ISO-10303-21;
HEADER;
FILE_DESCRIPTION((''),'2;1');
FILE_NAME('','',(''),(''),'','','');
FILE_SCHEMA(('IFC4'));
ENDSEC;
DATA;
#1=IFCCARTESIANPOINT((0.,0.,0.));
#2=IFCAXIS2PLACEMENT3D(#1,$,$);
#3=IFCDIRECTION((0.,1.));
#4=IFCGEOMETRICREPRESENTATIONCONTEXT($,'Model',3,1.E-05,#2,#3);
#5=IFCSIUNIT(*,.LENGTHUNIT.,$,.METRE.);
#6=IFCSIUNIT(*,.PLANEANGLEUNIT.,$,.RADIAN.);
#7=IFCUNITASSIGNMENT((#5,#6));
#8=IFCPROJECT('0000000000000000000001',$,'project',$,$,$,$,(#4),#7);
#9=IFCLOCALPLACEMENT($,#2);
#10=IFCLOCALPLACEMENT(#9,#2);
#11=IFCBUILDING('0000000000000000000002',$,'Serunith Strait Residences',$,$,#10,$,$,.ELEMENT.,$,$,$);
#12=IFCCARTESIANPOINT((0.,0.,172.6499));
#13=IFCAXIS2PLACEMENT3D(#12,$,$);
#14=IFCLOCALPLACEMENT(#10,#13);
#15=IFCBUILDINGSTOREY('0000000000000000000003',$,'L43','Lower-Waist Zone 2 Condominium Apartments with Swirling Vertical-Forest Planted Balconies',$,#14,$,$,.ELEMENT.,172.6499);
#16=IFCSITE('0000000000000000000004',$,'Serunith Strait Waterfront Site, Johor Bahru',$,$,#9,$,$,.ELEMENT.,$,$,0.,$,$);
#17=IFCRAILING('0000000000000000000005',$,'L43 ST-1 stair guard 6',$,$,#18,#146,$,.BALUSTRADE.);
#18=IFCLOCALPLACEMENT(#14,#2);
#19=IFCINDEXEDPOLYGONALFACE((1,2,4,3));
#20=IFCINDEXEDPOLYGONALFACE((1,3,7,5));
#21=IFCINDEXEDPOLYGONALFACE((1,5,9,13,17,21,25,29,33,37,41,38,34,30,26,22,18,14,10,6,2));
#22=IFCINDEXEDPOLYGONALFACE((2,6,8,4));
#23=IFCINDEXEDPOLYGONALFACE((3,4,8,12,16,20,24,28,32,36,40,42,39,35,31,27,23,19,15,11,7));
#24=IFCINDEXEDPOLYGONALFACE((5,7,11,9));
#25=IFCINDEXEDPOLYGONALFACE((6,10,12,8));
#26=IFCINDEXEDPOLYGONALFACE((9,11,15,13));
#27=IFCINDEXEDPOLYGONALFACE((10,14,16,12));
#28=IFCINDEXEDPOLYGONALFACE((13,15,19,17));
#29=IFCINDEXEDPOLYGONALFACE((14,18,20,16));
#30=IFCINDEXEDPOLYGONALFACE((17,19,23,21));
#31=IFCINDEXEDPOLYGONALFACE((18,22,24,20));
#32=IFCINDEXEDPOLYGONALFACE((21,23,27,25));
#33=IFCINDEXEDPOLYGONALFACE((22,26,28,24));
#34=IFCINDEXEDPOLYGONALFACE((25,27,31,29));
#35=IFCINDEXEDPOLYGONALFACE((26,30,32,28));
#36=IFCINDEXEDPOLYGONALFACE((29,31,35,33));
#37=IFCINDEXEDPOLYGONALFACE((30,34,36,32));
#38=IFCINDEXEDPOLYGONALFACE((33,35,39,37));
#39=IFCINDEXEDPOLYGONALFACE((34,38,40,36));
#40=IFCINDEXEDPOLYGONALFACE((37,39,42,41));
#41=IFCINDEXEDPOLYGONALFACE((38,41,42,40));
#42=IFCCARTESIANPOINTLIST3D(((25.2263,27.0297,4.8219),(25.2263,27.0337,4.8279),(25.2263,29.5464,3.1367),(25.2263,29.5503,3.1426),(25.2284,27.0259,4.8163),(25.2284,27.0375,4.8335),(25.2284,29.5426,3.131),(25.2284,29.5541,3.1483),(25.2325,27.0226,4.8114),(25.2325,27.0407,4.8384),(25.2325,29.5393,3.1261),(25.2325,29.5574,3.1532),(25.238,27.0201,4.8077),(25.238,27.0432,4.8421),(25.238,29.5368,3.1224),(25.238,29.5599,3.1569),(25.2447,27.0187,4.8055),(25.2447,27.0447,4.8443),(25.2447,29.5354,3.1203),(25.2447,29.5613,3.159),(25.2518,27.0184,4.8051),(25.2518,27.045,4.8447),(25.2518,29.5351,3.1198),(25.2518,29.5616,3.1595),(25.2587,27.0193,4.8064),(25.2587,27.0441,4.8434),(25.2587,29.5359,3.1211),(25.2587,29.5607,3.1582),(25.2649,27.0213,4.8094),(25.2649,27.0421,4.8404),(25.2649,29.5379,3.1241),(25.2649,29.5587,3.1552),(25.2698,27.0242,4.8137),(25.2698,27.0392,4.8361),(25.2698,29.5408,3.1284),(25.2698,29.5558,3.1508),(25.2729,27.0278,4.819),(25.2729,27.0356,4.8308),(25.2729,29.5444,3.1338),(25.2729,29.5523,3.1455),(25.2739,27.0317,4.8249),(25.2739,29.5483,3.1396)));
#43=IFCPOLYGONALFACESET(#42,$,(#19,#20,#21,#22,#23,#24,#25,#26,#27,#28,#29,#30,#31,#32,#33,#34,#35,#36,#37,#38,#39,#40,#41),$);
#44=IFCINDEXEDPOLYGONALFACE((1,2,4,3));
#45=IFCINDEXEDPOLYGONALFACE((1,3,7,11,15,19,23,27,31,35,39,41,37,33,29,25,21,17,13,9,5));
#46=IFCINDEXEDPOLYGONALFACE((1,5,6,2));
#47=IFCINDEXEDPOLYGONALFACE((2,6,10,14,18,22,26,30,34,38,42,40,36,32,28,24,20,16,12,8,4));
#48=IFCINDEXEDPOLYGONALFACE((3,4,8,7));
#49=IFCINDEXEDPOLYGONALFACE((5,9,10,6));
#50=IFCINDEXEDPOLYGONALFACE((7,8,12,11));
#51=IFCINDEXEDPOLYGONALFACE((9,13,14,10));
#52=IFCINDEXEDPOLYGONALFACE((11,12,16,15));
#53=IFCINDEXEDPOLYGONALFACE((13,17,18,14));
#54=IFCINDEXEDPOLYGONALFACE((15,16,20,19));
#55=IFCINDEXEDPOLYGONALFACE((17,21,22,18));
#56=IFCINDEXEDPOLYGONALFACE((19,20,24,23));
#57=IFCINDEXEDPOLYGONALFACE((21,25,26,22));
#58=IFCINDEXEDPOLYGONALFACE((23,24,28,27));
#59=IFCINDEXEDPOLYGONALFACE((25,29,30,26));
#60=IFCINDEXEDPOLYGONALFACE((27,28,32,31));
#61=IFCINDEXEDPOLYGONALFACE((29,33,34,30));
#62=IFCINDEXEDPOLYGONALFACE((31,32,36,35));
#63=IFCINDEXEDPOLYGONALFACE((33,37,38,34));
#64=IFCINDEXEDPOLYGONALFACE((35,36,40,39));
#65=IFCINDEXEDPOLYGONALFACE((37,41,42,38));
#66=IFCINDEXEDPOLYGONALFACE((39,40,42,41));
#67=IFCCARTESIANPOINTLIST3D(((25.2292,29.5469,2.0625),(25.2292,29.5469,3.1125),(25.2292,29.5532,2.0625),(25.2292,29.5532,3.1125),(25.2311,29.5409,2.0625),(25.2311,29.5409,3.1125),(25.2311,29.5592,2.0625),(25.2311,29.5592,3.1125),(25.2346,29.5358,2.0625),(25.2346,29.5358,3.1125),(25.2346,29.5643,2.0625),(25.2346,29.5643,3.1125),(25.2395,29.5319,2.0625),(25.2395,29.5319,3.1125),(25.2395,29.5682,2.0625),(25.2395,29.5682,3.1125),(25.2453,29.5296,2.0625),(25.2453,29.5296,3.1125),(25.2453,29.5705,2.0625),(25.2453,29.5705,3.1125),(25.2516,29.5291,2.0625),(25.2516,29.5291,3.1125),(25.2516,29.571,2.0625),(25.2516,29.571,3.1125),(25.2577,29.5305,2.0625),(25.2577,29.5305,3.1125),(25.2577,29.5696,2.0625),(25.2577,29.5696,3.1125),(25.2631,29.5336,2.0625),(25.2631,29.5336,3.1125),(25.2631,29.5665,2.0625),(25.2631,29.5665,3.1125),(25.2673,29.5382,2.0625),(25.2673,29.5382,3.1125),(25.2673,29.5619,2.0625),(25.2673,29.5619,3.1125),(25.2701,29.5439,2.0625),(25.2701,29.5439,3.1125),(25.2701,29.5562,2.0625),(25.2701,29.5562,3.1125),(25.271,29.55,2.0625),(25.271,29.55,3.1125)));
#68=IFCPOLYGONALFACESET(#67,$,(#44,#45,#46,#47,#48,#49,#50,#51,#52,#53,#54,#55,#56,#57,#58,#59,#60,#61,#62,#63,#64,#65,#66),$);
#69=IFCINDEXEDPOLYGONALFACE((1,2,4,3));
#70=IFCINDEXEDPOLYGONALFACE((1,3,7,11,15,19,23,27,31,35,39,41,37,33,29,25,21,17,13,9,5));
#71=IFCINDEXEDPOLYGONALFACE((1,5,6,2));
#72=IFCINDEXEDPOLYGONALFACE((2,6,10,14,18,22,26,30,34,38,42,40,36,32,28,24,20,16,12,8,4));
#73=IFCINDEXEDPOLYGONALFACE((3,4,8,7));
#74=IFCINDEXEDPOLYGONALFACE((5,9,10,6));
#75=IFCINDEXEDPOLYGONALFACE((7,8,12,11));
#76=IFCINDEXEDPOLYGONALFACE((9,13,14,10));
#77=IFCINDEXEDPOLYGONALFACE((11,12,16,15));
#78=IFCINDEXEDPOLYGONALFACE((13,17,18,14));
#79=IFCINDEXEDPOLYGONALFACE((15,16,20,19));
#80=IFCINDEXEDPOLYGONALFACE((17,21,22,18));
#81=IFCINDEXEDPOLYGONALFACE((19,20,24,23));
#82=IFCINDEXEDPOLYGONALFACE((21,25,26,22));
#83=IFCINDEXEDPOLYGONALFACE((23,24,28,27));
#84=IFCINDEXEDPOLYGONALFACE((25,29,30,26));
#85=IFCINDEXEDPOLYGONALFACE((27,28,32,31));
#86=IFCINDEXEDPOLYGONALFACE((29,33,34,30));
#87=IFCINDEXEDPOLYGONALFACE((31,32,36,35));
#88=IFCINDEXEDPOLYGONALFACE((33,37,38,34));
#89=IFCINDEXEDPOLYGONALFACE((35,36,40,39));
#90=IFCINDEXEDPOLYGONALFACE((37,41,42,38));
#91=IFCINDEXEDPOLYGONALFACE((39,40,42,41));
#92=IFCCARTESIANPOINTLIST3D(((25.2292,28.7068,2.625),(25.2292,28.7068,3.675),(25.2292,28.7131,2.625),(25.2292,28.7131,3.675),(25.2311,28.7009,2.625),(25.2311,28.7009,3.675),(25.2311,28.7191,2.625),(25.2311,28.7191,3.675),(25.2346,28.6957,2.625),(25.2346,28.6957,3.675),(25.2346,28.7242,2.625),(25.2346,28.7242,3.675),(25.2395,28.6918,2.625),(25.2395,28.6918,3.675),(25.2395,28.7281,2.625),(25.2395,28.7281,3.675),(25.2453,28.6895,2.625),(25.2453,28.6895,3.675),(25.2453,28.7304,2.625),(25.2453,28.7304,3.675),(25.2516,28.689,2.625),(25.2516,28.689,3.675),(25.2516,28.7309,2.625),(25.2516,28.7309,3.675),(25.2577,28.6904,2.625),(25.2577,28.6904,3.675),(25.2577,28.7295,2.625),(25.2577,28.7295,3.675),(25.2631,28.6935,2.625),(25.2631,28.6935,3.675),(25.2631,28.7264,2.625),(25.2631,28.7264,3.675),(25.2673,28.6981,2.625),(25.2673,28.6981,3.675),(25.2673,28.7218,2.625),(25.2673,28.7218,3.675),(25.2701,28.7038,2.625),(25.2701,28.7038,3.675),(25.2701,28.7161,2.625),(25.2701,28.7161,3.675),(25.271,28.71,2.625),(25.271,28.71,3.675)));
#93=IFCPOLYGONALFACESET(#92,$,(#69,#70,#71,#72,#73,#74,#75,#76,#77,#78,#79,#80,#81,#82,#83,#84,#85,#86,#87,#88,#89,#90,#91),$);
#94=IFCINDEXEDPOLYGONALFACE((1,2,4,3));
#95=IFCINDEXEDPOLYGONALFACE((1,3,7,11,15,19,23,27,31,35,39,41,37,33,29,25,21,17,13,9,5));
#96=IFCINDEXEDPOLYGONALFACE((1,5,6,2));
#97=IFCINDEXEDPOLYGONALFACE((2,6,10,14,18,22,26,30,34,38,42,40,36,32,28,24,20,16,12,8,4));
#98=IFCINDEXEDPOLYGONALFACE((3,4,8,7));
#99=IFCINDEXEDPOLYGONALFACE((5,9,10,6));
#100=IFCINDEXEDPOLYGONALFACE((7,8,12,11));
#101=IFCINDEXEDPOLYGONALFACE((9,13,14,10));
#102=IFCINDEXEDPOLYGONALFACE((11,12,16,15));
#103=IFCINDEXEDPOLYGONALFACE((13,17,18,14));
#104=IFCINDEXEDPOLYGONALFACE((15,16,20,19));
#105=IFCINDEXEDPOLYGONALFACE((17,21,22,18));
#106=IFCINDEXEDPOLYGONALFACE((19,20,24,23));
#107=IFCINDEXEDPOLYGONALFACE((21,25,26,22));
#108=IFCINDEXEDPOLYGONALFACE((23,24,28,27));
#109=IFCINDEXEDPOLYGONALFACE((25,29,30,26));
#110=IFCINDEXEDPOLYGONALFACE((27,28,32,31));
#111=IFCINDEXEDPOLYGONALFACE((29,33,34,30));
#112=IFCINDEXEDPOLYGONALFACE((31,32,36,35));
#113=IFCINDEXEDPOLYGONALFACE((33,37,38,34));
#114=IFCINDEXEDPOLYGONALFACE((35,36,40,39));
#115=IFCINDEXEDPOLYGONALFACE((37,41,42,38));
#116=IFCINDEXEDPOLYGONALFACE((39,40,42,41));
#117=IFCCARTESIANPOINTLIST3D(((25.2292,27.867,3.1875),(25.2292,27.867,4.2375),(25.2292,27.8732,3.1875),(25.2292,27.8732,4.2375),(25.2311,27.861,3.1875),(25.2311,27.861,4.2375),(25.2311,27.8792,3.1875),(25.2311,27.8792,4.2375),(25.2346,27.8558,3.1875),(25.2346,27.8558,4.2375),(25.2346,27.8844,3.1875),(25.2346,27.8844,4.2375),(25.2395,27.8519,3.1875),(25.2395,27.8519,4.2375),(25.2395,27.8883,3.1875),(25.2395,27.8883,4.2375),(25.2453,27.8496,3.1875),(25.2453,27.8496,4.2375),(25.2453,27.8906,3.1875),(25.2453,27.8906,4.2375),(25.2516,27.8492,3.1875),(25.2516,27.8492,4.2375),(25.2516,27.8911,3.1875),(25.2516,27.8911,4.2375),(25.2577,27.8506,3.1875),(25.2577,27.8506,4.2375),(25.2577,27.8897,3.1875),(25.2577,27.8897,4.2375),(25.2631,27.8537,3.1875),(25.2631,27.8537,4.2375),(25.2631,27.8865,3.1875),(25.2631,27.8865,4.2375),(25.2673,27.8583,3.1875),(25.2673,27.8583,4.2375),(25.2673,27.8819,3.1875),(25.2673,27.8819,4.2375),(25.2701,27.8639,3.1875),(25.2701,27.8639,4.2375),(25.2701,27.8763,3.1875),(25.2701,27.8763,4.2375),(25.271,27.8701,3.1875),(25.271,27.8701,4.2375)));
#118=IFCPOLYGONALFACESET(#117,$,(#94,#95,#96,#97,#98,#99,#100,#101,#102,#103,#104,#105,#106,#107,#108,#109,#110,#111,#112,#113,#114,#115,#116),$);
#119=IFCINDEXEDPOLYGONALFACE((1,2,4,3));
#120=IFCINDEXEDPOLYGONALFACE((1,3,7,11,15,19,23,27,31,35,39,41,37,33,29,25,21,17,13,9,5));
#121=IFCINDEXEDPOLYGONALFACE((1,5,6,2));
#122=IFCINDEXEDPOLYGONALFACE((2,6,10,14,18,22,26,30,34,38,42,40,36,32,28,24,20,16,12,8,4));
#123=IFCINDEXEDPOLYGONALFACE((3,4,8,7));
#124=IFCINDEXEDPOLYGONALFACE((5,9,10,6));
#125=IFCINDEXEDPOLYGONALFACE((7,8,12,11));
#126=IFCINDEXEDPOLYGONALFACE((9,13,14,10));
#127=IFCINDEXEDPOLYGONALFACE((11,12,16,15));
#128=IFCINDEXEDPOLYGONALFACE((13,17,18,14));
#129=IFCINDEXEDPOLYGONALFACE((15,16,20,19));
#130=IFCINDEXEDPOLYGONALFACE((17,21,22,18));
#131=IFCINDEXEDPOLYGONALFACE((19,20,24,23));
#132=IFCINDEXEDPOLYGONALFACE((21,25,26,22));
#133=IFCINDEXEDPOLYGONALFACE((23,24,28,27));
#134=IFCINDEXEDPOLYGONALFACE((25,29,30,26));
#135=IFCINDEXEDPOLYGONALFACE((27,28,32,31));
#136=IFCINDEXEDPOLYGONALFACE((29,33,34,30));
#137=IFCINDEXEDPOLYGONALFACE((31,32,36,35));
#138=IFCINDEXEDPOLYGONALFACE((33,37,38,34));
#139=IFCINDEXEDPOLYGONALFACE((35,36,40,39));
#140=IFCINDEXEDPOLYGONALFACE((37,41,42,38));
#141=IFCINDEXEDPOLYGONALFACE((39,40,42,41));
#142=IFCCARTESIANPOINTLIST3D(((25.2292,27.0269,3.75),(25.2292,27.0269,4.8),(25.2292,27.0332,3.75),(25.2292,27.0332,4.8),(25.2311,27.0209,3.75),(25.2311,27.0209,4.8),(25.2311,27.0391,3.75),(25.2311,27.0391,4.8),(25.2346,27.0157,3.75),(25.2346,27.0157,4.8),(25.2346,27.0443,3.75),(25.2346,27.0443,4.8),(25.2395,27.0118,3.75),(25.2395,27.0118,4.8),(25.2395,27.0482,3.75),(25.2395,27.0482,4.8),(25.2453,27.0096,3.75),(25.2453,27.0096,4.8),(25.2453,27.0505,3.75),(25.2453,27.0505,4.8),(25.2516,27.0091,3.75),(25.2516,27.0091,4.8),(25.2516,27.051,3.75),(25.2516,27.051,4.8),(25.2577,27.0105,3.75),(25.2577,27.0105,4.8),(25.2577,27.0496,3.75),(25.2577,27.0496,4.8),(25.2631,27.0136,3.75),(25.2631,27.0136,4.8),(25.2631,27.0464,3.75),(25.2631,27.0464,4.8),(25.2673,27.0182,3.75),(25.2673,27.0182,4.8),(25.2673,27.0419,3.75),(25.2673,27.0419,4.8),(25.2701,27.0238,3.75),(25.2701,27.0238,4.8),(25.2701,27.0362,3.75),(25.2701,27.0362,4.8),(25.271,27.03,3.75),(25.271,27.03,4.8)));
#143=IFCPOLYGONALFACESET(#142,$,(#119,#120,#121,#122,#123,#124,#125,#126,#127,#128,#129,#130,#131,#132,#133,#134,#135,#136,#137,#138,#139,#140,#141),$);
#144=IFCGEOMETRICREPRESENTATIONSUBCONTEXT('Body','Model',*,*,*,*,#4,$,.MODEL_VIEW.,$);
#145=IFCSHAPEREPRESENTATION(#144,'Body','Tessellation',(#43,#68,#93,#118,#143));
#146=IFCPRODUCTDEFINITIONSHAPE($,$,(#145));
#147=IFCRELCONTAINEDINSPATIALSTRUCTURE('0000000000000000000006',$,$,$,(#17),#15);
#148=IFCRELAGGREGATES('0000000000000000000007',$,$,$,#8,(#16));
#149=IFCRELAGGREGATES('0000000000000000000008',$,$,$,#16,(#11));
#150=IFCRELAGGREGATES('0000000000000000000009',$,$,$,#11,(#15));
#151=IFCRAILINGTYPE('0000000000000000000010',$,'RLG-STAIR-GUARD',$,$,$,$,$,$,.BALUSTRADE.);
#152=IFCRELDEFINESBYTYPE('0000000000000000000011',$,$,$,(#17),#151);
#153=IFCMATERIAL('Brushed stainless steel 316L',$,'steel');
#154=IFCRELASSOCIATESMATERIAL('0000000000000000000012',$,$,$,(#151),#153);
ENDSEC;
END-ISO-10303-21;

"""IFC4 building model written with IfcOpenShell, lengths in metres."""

from ifc_helpers import new_model, si_unit, direction, frame, origin, origin_2d, place, context, subcontext, project, spatial, circle, extrude, material, type_object, element, save


model = new_model("IFC4")

# Units and contexts
model_context = context("Model", 3, precision=1e-05, world=origin(), true_north=direction((0.0, 1.0)))
body_context = subcontext(model_context, "Body", "Model", "MODEL_VIEW")
ifc_project = project(units=[si_unit("LENGTHUNIT", "METRE"), si_unit("PLANEANGLEUNIT", "RADIAN")], contexts=[model_context])

# Site, building, storey
site_placement = place(None, origin())
site = spatial("IfcSite", under=ifc_project, at=site_placement, Name="Serunith Strait Waterfront Site, Johor Bahru", CompositionType="ELEMENT", RefElevation=0.0)
building_placement = place(site_placement, origin())
building = spatial("IfcBuilding", under=site, at=building_placement, Name="Serunith Strait Residences", CompositionType="ELEMENT")
storey_placement = place(building_placement, frame((0.0, 0.0, 172.6499)))
storey = spatial("IfcBuildingStorey", under=building, at=storey_placement, Name="L43", Description="Lower-Waist Zone 2 Condominium Apartments with Swirling Vertical-Forest Planted Balconies", CompositionType="ELEMENT", Elevation=172.6499)

# Railing
ifc_material_1 = material(Name="Brushed stainless steel 316L", Category="steel")
railing_type_1 = type_object("IfcRailingType", Name="RLG-STAIR-GUARD", PredefinedType="BALUSTRADE", material=ifc_material_1)
railing_1_placement = place(storey_placement, frame((25.25, 29.55, 2.0625)))
element("IfcRailing", 1, at=railing_1_placement, inside=storey, type_object=railing_type_1, Name="L43 ST-1 stair guard 6", PredefinedType="BALUSTRADE", context=body_context, shape_type="SweptSolid", body=[
    extrude(circle(Radius=0.0239, at=origin_2d()), frame((0.0, -0.0017, 1.0771), z_axis=(0.0, -0.830909, 0.556408), x_axis=(1.0, 0.0, 0.0)), (0.0, 0.0, 1.0), 3.0288),
    extrude(circle(Radius=0.021, at=origin_2d()), origin(), (0.0, 0.0, 1.0), 1.05),
    extrude(circle(Radius=0.021, at=origin_2d()), frame((0.0, -0.8401, 0.5625)), (0.0, 0.0, 1.0), 1.05),
    extrude(circle(Radius=0.021, at=origin_2d()), frame((0.0, -1.6799, 1.125)), (0.0, 0.0, 1.0), 1.05),
    extrude(circle(Radius=0.021, at=origin_2d()), frame((0.0, -2.52, 1.6875)), (0.0, 0.0, 1.0), 1.05),
])

save(model, "model.ifc")
